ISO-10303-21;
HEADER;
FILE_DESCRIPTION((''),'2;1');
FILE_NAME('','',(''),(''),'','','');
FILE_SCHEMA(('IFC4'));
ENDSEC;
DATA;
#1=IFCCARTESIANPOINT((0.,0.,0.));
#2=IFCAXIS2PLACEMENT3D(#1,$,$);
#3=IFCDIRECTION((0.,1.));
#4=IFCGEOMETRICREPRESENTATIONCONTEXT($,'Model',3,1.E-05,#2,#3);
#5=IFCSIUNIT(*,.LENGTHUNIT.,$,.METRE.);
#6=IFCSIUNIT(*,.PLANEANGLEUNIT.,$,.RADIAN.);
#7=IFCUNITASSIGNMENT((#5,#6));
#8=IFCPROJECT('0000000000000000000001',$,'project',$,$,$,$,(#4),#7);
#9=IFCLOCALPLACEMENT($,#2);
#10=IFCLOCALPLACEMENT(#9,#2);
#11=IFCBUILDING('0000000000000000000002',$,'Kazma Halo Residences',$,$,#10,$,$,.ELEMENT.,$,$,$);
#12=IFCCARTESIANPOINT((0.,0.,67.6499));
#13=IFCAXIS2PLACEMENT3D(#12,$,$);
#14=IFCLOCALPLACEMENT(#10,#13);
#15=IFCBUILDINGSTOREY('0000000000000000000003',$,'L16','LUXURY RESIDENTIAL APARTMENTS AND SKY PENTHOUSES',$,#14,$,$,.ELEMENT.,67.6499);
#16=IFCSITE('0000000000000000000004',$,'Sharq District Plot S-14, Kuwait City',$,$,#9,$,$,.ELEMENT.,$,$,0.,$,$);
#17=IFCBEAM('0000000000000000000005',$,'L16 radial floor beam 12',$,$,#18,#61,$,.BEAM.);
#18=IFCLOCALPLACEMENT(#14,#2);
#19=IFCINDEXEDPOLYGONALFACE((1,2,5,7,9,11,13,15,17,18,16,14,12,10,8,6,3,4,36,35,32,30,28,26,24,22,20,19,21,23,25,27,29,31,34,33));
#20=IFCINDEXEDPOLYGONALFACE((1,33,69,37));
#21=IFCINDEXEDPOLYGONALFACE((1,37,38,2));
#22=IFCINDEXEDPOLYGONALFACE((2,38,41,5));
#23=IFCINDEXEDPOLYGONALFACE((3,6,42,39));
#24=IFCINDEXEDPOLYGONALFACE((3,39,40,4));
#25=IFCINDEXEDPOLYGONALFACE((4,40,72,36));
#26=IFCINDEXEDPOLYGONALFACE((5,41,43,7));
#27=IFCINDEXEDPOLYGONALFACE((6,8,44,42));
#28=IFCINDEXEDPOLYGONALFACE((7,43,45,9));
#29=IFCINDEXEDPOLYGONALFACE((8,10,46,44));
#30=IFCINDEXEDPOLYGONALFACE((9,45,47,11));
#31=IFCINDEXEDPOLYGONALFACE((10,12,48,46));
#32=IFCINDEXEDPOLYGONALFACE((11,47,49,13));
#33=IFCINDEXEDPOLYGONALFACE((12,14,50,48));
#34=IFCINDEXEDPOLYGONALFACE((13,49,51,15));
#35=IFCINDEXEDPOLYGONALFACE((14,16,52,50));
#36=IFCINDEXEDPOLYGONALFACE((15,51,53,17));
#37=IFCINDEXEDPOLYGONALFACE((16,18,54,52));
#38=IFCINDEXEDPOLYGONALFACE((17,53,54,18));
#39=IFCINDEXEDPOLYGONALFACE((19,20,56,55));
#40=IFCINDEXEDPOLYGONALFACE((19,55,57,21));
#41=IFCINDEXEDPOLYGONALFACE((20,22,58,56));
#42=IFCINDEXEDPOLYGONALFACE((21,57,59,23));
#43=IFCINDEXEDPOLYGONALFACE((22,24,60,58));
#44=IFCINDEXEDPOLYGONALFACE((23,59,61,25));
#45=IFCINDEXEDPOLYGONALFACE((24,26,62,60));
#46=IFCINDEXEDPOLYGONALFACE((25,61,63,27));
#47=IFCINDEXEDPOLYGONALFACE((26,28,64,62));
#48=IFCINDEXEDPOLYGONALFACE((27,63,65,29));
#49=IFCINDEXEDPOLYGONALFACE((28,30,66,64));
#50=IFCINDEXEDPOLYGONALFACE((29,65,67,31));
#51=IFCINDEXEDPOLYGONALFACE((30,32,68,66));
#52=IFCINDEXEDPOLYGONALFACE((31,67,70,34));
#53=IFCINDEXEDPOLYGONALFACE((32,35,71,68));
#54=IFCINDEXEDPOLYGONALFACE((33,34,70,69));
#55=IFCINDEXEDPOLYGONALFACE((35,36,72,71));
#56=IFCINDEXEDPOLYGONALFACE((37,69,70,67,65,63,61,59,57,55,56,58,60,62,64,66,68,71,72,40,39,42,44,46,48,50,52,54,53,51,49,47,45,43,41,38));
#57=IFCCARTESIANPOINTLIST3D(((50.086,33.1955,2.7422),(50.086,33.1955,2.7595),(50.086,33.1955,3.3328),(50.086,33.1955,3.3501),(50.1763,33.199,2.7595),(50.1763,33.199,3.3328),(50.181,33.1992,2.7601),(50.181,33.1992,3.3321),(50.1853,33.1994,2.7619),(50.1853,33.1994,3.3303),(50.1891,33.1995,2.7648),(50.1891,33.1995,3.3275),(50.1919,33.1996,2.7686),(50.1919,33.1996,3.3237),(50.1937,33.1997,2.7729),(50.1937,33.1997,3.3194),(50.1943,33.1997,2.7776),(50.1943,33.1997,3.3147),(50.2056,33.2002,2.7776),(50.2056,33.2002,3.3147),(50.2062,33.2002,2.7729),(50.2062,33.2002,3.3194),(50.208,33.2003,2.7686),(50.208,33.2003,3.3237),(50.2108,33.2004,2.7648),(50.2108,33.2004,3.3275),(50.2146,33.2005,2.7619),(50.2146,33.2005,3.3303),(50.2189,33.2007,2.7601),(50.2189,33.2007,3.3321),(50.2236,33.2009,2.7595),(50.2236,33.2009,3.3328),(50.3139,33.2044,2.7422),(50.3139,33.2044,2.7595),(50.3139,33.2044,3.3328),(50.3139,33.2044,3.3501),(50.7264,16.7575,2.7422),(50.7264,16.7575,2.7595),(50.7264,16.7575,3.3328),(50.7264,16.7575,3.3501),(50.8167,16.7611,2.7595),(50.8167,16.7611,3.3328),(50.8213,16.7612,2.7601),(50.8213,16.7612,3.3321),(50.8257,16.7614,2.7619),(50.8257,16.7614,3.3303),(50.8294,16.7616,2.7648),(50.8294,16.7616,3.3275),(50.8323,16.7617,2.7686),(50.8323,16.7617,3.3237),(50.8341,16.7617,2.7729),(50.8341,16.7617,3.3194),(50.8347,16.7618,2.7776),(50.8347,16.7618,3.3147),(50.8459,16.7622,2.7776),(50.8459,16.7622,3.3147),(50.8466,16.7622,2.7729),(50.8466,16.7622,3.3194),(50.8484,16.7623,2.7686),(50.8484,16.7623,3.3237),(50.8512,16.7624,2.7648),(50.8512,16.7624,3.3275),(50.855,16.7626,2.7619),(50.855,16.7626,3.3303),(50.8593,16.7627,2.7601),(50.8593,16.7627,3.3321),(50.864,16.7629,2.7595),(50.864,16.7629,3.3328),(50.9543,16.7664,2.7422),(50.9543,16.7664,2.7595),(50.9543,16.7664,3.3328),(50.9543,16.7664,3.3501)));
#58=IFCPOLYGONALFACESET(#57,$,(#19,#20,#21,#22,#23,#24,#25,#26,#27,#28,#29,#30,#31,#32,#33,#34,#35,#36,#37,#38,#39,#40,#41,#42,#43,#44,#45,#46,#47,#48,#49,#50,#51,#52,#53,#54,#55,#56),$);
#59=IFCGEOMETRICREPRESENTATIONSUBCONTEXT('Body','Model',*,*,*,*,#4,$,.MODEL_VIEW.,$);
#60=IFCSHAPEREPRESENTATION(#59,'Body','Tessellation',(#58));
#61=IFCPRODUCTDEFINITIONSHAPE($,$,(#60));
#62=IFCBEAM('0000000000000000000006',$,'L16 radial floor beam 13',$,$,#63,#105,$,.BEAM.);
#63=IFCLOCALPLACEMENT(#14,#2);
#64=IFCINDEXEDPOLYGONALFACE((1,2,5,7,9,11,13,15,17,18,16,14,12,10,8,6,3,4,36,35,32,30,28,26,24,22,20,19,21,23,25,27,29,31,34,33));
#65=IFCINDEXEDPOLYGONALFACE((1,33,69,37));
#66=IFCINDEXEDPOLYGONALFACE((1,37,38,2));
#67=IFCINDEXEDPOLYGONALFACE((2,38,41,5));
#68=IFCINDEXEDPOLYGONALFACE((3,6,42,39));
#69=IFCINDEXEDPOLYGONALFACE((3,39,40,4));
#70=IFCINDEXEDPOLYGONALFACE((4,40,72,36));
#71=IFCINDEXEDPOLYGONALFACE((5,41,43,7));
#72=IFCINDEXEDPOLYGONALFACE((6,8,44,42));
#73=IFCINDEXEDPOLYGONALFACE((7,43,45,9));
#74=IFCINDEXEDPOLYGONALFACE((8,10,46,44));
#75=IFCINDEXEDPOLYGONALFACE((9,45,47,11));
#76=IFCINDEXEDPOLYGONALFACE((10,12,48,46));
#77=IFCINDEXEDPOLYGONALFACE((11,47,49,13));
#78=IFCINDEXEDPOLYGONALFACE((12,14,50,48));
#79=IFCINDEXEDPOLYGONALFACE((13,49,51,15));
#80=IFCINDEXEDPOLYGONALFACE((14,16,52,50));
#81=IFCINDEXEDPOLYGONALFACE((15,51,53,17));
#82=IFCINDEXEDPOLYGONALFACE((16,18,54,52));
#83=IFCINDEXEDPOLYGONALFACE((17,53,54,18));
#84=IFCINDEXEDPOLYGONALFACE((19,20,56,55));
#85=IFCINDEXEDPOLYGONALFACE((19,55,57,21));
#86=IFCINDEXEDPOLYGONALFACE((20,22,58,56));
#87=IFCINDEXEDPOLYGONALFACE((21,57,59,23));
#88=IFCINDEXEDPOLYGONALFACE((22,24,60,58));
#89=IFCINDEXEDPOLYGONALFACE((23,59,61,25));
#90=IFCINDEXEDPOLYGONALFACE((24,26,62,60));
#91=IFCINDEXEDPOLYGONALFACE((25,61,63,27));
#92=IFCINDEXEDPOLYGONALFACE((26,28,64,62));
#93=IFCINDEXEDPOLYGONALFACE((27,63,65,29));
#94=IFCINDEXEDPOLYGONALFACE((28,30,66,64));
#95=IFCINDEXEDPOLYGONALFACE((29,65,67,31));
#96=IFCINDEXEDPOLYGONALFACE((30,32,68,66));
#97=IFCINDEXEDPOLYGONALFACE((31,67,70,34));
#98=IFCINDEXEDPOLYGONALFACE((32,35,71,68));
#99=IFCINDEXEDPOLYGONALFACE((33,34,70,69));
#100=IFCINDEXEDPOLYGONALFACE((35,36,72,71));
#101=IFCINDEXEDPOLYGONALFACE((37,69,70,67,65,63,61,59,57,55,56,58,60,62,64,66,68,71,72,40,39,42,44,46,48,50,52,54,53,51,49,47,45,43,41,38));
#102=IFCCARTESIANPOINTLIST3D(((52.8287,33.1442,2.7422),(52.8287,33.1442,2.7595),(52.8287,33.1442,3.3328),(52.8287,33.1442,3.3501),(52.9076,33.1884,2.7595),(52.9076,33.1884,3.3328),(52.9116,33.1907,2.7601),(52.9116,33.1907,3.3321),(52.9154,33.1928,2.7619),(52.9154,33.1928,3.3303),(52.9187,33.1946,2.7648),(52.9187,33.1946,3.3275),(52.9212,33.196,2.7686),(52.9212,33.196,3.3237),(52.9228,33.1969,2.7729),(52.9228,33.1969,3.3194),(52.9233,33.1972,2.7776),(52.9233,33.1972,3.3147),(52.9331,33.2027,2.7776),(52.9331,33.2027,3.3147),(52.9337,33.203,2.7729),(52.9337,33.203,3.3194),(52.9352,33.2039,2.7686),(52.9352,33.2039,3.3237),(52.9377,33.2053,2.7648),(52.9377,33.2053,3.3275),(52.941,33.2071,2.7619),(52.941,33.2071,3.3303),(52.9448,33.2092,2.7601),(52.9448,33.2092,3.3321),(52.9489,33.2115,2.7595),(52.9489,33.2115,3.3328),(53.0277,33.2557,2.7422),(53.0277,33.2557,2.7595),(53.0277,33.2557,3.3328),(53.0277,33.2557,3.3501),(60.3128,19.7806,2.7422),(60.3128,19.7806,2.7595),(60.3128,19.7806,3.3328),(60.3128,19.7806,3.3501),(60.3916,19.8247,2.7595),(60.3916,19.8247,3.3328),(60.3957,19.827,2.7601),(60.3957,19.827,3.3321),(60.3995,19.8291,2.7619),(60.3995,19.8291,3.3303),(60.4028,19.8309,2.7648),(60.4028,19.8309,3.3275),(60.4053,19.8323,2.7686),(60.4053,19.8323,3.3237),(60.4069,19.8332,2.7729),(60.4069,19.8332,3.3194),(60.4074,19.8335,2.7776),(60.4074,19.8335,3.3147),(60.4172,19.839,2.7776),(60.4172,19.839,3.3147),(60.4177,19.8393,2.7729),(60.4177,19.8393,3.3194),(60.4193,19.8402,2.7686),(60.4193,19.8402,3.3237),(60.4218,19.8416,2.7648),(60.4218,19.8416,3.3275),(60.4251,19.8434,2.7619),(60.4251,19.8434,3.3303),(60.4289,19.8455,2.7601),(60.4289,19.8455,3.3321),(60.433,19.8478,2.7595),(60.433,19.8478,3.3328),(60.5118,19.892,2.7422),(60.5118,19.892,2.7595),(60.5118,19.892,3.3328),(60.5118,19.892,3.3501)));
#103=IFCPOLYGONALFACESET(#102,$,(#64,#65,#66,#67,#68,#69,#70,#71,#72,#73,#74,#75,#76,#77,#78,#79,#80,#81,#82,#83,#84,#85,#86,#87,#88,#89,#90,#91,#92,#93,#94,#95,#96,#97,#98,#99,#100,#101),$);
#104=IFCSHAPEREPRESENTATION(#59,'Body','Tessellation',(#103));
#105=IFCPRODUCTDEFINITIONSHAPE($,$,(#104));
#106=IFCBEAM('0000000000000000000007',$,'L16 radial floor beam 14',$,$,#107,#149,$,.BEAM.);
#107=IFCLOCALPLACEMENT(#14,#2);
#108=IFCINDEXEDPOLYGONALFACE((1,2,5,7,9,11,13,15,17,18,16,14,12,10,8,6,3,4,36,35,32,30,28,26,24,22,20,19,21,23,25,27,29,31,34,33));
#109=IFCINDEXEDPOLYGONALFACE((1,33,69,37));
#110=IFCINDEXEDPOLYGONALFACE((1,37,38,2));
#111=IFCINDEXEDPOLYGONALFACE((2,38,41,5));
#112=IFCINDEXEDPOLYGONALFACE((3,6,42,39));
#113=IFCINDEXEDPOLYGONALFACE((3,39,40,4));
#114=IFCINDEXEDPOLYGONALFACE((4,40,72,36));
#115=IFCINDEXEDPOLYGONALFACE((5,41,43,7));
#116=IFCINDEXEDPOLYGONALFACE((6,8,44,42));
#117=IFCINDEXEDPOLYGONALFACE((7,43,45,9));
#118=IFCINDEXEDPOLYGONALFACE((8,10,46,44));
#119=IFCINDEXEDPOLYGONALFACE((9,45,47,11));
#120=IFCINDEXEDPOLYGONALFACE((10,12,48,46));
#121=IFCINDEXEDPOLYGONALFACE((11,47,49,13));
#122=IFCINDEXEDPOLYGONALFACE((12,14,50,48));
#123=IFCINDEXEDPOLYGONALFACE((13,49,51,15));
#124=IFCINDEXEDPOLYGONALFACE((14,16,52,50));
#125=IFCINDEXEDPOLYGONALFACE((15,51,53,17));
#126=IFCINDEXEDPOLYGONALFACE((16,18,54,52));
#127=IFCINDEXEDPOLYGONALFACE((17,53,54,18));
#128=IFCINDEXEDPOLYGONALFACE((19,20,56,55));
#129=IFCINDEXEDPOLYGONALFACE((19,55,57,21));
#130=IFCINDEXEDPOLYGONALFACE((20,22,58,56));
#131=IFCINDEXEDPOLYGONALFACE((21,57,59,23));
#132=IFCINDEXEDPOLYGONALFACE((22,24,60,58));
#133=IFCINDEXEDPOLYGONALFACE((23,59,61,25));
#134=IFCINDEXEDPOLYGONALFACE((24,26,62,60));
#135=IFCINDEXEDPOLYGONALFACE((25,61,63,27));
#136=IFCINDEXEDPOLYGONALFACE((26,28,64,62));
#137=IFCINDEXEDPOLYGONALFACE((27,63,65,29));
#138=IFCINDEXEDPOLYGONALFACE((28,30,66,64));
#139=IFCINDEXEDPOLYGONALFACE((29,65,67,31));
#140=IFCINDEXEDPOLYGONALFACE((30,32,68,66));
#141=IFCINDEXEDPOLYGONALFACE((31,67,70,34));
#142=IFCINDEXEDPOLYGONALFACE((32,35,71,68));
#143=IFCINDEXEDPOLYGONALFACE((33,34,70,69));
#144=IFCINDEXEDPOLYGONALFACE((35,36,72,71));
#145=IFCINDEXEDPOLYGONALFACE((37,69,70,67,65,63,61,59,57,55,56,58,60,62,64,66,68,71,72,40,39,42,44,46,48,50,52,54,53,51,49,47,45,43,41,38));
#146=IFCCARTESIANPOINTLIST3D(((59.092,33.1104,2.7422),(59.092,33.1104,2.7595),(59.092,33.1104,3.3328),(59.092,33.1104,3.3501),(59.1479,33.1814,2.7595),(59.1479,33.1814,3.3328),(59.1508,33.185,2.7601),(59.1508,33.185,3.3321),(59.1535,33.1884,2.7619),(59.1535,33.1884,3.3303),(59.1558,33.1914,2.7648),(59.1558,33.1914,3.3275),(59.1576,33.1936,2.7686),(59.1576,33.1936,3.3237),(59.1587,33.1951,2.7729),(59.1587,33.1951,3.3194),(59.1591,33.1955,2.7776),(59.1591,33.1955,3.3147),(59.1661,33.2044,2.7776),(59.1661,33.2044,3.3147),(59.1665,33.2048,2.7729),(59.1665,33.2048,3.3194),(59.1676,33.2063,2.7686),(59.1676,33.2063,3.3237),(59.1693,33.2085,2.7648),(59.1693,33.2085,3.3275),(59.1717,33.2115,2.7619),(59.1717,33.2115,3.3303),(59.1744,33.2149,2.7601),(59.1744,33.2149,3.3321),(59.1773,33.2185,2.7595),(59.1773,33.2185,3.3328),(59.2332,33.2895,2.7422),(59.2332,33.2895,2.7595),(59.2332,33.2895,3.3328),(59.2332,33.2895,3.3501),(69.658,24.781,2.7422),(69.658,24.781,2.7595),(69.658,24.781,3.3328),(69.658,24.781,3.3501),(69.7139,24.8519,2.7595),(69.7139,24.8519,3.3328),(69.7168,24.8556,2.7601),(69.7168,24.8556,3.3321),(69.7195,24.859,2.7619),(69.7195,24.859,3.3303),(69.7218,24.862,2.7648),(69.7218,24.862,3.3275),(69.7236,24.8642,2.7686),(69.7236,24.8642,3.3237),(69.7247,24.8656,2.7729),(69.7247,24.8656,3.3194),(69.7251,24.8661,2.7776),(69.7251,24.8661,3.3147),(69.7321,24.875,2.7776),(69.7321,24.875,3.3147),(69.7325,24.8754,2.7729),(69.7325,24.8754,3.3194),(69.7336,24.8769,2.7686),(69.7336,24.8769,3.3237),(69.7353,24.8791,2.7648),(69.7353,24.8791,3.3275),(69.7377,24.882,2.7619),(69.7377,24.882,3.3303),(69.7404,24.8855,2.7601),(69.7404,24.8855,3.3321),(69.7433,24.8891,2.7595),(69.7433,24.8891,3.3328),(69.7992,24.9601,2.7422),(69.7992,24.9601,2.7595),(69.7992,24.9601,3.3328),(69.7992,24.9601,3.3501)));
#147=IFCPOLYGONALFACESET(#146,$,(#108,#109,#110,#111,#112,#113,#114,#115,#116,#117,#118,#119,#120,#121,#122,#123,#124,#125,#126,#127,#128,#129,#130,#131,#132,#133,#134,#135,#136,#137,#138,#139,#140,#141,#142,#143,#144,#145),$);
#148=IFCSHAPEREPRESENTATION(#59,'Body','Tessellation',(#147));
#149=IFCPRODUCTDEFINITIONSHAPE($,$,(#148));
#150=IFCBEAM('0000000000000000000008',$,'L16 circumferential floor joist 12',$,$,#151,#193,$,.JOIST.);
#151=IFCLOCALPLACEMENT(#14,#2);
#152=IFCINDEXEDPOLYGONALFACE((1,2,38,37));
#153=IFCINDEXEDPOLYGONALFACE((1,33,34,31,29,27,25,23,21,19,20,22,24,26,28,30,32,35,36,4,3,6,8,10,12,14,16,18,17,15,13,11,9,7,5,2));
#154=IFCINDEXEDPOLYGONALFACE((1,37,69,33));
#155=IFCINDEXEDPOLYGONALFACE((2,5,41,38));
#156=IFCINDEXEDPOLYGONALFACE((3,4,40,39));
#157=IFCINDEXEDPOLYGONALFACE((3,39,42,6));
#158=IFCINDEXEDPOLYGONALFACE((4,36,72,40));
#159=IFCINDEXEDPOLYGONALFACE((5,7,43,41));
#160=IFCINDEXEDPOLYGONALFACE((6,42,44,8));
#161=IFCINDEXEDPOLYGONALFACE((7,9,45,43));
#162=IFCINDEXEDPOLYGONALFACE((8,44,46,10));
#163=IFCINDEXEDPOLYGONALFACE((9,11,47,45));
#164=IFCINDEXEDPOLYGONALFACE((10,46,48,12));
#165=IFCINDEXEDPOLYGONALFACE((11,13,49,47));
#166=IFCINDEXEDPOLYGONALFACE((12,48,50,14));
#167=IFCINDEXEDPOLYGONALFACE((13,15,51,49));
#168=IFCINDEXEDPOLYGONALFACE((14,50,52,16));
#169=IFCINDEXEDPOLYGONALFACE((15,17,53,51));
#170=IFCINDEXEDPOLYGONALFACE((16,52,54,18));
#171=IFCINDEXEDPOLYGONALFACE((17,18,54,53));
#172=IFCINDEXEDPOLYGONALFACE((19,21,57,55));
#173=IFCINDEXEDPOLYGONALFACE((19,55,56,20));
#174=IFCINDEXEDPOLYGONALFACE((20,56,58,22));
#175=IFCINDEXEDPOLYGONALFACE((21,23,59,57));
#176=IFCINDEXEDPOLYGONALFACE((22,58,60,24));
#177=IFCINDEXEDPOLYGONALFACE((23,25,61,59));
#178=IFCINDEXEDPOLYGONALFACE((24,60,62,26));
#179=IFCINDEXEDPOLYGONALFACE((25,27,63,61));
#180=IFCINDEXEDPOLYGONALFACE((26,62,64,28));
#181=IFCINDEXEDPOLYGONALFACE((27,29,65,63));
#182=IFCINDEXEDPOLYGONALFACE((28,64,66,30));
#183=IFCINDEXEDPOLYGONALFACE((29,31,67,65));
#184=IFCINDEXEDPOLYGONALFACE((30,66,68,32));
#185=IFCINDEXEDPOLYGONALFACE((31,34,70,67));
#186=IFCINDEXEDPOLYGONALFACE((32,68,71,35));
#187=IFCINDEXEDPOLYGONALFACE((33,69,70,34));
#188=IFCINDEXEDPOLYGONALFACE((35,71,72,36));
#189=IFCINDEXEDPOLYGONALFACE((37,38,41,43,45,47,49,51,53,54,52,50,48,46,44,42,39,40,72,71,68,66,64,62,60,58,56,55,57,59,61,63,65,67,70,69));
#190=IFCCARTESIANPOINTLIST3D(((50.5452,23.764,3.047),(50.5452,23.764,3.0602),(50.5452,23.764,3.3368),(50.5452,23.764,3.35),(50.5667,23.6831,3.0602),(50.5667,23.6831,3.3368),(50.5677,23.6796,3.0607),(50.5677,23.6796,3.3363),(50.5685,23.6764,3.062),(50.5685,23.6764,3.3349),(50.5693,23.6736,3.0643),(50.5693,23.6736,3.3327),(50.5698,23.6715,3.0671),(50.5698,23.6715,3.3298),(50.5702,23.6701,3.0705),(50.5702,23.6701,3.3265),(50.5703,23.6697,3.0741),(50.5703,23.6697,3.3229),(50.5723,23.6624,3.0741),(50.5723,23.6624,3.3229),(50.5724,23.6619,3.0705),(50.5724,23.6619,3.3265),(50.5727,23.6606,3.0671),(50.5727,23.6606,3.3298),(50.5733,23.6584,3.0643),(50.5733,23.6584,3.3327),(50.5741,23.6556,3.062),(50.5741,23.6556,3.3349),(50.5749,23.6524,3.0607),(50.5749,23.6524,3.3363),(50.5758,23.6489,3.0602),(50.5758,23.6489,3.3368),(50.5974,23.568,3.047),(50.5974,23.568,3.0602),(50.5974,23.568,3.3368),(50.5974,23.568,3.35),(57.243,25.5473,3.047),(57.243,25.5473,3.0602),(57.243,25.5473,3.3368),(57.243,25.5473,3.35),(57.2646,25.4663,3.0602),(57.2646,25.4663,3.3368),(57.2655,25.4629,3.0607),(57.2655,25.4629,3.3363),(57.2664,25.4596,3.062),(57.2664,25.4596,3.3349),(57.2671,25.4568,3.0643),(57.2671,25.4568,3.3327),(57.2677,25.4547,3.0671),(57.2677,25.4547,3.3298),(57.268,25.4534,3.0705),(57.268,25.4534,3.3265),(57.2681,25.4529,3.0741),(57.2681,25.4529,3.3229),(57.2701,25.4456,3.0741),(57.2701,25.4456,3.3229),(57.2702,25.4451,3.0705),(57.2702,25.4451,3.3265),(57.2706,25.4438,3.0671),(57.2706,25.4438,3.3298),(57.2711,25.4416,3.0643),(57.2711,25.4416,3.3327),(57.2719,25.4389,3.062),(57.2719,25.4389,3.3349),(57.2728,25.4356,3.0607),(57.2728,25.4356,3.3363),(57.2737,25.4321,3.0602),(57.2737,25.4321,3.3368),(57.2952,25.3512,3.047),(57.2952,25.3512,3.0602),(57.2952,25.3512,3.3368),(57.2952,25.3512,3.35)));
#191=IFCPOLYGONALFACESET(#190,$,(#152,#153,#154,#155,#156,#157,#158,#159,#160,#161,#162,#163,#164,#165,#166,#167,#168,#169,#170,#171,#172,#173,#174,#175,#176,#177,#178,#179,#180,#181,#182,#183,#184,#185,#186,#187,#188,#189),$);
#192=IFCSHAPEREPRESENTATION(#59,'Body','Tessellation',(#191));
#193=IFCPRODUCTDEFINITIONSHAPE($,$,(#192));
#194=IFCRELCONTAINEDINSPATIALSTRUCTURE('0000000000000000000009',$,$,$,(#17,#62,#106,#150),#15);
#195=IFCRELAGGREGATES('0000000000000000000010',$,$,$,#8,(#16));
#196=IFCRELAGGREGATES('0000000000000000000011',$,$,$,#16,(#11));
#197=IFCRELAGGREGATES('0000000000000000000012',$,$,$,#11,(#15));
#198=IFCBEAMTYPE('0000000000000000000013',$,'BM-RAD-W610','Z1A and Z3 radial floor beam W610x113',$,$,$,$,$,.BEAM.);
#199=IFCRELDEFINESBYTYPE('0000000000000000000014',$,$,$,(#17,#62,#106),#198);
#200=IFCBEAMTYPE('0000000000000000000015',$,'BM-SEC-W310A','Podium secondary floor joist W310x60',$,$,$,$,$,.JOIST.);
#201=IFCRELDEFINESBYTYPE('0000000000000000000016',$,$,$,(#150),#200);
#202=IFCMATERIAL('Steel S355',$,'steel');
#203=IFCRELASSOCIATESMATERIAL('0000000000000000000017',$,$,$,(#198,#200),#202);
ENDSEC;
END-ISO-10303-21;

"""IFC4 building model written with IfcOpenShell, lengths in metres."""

from ifc_helpers import new_model, si_unit, direction, frame, origin, origin_2d, place, context, subcontext, project, spatial, i_section, extrude, material, material_profile, profile_set, type_object, element, save


model = new_model("IFC4")

# Units and contexts
model_context = context("Model", 3, precision=1e-05, world=origin(), true_north=direction((0.0, 1.0)))
body_context = subcontext(model_context, "Body", "Model", "MODEL_VIEW")
ifc_project = project(units=[si_unit("LENGTHUNIT", "METRE"), si_unit("PLANEANGLEUNIT", "RADIAN")], contexts=[model_context])

# Site, building, storey
site_placement = place(None, origin())
site = spatial("IfcSite", under=ifc_project, at=site_placement, Name="Sharq District Plot S-14, Kuwait City", CompositionType="ELEMENT", RefElevation=0.0)
building_placement = place(site_placement, origin())
building = spatial("IfcBuilding", under=site, at=building_placement, Name="Kazma Halo Residences", CompositionType="ELEMENT")
storey_placement = place(building_placement, frame((0.0, 0.0, 67.6499)))
storey = spatial("IfcBuildingStorey", under=building, at=storey_placement, Name="L16", Description="LUXURY RESIDENTIAL APARTMENTS AND SKY PENTHOUSES", CompositionType="ELEMENT", Elevation=67.6499)

# Beams
ifc_material_1 = material(Name="Steel S355", Category="steel")
ifc_material_profile_1 = material_profile(ifc_material_1, i_section(OverallWidth=0.228, OverallDepth=0.6079, WebThickness=0.0112, FlangeThickness=0.0173, FilletRadius=0.0181, at=origin_2d()), Name="W610x113")
ifc_profile_set_1 = profile_set([ifc_material_profile_1], Name="Steel S355")
beam_type_1 = type_object("IfcBeamType", Name="BM-RAD-W610", Description="Z1A and Z3 radial floor beam W610x113", PredefinedType="BEAM", material=ifc_profile_set_1)
beam_1_placement = place(storey_placement, frame((50.2, 33.2, 3.0461), z_axis=(0.038928, -0.999242, 0.0), x_axis=(0.999242, 0.038928, 0.0)))
element("IfcBeam", 1, at=beam_1_placement, inside=storey, type_object=beam_type_1, Name="L16 radial floor beam 12", PredefinedType="BEAM", context=body_context, shape_type="SweptSolid", body=[
    extrude(i_section(OverallWidth=0.228, OverallDepth=0.6079, WebThickness=0.0112, FlangeThickness=0.0173, FilletRadius=0.0181, at=origin_2d()), origin(), (0.0, 0.0, 1.0), 16.4504),
])
beam_2_placement = place(storey_placement, frame((52.9282, 33.2, 3.0461), z_axis=(0.488624, -0.872494, 0.0), x_axis=(0.872494, 0.488624, 0.0)))
element("IfcBeam", 2, at=beam_2_placement, inside=storey, type_object=beam_type_1, Name="L16 radial floor beam 13", PredefinedType="BEAM", context=body_context, shape_type="SweptSolid", body=[
    extrude(i_section(OverallWidth=0.228, OverallDepth=0.6079, WebThickness=0.0112, FlangeThickness=0.0173, FilletRadius=0.0181, at=origin_2d()), origin(), (0.0, 0.0, 1.0), 15.3167),
])
beam_3_placement = place(storey_placement, frame((59.1626, 33.2, 3.0461), z_axis=(0.785322, -0.619087, 0.0), x_axis=(0.619087, 0.785322, 0.0)))
element("IfcBeam", 3, at=beam_3_placement, inside=storey, type_object=beam_type_1, Name="L16 radial floor beam 14", PredefinedType="BEAM", context=body_context, shape_type="SweptSolid", body=[
    extrude(i_section(OverallWidth=0.228, OverallDepth=0.6079, WebThickness=0.0112, FlangeThickness=0.0173, FilletRadius=0.0181, at=origin_2d()), origin(), (0.0, 0.0, 1.0), 13.4543),
])
ifc_material_profile_2 = material_profile(ifc_material_1, i_section(OverallWidth=0.2029, OverallDepth=0.303, WebThickness=0.0076, FlangeThickness=0.0132, FilletRadius=0.0139, at=origin_2d()), Name="W310x60")
ifc_profile_set_2 = profile_set([ifc_material_profile_2], Name="Steel S355")
beam_type_2 = type_object("IfcBeamType", Name="BM-SEC-W310A", Description="Podium secondary floor joist W310x60", PredefinedType="JOIST", material=ifc_profile_set_2)
beam_4_placement = place(storey_placement, frame((50.5713, 23.666, 3.1985), z_axis=(0.966338, 0.257277, 0.0), x_axis=(-0.257277, 0.966338, 0.0)))
element("IfcBeam", 4, at=beam_4_placement, inside=storey, type_object=beam_type_2, Name="L16 circumferential floor joist 12", PredefinedType="JOIST", context=body_context, shape_type="SweptSolid", body=[
    extrude(i_section(OverallWidth=0.2029, OverallDepth=0.303, WebThickness=0.0076, FlangeThickness=0.0132, FilletRadius=0.0139, at=origin_2d()), origin(), (0.0, 0.0, 1.0), 6.9312),
])

save(model, "model.ifc")
